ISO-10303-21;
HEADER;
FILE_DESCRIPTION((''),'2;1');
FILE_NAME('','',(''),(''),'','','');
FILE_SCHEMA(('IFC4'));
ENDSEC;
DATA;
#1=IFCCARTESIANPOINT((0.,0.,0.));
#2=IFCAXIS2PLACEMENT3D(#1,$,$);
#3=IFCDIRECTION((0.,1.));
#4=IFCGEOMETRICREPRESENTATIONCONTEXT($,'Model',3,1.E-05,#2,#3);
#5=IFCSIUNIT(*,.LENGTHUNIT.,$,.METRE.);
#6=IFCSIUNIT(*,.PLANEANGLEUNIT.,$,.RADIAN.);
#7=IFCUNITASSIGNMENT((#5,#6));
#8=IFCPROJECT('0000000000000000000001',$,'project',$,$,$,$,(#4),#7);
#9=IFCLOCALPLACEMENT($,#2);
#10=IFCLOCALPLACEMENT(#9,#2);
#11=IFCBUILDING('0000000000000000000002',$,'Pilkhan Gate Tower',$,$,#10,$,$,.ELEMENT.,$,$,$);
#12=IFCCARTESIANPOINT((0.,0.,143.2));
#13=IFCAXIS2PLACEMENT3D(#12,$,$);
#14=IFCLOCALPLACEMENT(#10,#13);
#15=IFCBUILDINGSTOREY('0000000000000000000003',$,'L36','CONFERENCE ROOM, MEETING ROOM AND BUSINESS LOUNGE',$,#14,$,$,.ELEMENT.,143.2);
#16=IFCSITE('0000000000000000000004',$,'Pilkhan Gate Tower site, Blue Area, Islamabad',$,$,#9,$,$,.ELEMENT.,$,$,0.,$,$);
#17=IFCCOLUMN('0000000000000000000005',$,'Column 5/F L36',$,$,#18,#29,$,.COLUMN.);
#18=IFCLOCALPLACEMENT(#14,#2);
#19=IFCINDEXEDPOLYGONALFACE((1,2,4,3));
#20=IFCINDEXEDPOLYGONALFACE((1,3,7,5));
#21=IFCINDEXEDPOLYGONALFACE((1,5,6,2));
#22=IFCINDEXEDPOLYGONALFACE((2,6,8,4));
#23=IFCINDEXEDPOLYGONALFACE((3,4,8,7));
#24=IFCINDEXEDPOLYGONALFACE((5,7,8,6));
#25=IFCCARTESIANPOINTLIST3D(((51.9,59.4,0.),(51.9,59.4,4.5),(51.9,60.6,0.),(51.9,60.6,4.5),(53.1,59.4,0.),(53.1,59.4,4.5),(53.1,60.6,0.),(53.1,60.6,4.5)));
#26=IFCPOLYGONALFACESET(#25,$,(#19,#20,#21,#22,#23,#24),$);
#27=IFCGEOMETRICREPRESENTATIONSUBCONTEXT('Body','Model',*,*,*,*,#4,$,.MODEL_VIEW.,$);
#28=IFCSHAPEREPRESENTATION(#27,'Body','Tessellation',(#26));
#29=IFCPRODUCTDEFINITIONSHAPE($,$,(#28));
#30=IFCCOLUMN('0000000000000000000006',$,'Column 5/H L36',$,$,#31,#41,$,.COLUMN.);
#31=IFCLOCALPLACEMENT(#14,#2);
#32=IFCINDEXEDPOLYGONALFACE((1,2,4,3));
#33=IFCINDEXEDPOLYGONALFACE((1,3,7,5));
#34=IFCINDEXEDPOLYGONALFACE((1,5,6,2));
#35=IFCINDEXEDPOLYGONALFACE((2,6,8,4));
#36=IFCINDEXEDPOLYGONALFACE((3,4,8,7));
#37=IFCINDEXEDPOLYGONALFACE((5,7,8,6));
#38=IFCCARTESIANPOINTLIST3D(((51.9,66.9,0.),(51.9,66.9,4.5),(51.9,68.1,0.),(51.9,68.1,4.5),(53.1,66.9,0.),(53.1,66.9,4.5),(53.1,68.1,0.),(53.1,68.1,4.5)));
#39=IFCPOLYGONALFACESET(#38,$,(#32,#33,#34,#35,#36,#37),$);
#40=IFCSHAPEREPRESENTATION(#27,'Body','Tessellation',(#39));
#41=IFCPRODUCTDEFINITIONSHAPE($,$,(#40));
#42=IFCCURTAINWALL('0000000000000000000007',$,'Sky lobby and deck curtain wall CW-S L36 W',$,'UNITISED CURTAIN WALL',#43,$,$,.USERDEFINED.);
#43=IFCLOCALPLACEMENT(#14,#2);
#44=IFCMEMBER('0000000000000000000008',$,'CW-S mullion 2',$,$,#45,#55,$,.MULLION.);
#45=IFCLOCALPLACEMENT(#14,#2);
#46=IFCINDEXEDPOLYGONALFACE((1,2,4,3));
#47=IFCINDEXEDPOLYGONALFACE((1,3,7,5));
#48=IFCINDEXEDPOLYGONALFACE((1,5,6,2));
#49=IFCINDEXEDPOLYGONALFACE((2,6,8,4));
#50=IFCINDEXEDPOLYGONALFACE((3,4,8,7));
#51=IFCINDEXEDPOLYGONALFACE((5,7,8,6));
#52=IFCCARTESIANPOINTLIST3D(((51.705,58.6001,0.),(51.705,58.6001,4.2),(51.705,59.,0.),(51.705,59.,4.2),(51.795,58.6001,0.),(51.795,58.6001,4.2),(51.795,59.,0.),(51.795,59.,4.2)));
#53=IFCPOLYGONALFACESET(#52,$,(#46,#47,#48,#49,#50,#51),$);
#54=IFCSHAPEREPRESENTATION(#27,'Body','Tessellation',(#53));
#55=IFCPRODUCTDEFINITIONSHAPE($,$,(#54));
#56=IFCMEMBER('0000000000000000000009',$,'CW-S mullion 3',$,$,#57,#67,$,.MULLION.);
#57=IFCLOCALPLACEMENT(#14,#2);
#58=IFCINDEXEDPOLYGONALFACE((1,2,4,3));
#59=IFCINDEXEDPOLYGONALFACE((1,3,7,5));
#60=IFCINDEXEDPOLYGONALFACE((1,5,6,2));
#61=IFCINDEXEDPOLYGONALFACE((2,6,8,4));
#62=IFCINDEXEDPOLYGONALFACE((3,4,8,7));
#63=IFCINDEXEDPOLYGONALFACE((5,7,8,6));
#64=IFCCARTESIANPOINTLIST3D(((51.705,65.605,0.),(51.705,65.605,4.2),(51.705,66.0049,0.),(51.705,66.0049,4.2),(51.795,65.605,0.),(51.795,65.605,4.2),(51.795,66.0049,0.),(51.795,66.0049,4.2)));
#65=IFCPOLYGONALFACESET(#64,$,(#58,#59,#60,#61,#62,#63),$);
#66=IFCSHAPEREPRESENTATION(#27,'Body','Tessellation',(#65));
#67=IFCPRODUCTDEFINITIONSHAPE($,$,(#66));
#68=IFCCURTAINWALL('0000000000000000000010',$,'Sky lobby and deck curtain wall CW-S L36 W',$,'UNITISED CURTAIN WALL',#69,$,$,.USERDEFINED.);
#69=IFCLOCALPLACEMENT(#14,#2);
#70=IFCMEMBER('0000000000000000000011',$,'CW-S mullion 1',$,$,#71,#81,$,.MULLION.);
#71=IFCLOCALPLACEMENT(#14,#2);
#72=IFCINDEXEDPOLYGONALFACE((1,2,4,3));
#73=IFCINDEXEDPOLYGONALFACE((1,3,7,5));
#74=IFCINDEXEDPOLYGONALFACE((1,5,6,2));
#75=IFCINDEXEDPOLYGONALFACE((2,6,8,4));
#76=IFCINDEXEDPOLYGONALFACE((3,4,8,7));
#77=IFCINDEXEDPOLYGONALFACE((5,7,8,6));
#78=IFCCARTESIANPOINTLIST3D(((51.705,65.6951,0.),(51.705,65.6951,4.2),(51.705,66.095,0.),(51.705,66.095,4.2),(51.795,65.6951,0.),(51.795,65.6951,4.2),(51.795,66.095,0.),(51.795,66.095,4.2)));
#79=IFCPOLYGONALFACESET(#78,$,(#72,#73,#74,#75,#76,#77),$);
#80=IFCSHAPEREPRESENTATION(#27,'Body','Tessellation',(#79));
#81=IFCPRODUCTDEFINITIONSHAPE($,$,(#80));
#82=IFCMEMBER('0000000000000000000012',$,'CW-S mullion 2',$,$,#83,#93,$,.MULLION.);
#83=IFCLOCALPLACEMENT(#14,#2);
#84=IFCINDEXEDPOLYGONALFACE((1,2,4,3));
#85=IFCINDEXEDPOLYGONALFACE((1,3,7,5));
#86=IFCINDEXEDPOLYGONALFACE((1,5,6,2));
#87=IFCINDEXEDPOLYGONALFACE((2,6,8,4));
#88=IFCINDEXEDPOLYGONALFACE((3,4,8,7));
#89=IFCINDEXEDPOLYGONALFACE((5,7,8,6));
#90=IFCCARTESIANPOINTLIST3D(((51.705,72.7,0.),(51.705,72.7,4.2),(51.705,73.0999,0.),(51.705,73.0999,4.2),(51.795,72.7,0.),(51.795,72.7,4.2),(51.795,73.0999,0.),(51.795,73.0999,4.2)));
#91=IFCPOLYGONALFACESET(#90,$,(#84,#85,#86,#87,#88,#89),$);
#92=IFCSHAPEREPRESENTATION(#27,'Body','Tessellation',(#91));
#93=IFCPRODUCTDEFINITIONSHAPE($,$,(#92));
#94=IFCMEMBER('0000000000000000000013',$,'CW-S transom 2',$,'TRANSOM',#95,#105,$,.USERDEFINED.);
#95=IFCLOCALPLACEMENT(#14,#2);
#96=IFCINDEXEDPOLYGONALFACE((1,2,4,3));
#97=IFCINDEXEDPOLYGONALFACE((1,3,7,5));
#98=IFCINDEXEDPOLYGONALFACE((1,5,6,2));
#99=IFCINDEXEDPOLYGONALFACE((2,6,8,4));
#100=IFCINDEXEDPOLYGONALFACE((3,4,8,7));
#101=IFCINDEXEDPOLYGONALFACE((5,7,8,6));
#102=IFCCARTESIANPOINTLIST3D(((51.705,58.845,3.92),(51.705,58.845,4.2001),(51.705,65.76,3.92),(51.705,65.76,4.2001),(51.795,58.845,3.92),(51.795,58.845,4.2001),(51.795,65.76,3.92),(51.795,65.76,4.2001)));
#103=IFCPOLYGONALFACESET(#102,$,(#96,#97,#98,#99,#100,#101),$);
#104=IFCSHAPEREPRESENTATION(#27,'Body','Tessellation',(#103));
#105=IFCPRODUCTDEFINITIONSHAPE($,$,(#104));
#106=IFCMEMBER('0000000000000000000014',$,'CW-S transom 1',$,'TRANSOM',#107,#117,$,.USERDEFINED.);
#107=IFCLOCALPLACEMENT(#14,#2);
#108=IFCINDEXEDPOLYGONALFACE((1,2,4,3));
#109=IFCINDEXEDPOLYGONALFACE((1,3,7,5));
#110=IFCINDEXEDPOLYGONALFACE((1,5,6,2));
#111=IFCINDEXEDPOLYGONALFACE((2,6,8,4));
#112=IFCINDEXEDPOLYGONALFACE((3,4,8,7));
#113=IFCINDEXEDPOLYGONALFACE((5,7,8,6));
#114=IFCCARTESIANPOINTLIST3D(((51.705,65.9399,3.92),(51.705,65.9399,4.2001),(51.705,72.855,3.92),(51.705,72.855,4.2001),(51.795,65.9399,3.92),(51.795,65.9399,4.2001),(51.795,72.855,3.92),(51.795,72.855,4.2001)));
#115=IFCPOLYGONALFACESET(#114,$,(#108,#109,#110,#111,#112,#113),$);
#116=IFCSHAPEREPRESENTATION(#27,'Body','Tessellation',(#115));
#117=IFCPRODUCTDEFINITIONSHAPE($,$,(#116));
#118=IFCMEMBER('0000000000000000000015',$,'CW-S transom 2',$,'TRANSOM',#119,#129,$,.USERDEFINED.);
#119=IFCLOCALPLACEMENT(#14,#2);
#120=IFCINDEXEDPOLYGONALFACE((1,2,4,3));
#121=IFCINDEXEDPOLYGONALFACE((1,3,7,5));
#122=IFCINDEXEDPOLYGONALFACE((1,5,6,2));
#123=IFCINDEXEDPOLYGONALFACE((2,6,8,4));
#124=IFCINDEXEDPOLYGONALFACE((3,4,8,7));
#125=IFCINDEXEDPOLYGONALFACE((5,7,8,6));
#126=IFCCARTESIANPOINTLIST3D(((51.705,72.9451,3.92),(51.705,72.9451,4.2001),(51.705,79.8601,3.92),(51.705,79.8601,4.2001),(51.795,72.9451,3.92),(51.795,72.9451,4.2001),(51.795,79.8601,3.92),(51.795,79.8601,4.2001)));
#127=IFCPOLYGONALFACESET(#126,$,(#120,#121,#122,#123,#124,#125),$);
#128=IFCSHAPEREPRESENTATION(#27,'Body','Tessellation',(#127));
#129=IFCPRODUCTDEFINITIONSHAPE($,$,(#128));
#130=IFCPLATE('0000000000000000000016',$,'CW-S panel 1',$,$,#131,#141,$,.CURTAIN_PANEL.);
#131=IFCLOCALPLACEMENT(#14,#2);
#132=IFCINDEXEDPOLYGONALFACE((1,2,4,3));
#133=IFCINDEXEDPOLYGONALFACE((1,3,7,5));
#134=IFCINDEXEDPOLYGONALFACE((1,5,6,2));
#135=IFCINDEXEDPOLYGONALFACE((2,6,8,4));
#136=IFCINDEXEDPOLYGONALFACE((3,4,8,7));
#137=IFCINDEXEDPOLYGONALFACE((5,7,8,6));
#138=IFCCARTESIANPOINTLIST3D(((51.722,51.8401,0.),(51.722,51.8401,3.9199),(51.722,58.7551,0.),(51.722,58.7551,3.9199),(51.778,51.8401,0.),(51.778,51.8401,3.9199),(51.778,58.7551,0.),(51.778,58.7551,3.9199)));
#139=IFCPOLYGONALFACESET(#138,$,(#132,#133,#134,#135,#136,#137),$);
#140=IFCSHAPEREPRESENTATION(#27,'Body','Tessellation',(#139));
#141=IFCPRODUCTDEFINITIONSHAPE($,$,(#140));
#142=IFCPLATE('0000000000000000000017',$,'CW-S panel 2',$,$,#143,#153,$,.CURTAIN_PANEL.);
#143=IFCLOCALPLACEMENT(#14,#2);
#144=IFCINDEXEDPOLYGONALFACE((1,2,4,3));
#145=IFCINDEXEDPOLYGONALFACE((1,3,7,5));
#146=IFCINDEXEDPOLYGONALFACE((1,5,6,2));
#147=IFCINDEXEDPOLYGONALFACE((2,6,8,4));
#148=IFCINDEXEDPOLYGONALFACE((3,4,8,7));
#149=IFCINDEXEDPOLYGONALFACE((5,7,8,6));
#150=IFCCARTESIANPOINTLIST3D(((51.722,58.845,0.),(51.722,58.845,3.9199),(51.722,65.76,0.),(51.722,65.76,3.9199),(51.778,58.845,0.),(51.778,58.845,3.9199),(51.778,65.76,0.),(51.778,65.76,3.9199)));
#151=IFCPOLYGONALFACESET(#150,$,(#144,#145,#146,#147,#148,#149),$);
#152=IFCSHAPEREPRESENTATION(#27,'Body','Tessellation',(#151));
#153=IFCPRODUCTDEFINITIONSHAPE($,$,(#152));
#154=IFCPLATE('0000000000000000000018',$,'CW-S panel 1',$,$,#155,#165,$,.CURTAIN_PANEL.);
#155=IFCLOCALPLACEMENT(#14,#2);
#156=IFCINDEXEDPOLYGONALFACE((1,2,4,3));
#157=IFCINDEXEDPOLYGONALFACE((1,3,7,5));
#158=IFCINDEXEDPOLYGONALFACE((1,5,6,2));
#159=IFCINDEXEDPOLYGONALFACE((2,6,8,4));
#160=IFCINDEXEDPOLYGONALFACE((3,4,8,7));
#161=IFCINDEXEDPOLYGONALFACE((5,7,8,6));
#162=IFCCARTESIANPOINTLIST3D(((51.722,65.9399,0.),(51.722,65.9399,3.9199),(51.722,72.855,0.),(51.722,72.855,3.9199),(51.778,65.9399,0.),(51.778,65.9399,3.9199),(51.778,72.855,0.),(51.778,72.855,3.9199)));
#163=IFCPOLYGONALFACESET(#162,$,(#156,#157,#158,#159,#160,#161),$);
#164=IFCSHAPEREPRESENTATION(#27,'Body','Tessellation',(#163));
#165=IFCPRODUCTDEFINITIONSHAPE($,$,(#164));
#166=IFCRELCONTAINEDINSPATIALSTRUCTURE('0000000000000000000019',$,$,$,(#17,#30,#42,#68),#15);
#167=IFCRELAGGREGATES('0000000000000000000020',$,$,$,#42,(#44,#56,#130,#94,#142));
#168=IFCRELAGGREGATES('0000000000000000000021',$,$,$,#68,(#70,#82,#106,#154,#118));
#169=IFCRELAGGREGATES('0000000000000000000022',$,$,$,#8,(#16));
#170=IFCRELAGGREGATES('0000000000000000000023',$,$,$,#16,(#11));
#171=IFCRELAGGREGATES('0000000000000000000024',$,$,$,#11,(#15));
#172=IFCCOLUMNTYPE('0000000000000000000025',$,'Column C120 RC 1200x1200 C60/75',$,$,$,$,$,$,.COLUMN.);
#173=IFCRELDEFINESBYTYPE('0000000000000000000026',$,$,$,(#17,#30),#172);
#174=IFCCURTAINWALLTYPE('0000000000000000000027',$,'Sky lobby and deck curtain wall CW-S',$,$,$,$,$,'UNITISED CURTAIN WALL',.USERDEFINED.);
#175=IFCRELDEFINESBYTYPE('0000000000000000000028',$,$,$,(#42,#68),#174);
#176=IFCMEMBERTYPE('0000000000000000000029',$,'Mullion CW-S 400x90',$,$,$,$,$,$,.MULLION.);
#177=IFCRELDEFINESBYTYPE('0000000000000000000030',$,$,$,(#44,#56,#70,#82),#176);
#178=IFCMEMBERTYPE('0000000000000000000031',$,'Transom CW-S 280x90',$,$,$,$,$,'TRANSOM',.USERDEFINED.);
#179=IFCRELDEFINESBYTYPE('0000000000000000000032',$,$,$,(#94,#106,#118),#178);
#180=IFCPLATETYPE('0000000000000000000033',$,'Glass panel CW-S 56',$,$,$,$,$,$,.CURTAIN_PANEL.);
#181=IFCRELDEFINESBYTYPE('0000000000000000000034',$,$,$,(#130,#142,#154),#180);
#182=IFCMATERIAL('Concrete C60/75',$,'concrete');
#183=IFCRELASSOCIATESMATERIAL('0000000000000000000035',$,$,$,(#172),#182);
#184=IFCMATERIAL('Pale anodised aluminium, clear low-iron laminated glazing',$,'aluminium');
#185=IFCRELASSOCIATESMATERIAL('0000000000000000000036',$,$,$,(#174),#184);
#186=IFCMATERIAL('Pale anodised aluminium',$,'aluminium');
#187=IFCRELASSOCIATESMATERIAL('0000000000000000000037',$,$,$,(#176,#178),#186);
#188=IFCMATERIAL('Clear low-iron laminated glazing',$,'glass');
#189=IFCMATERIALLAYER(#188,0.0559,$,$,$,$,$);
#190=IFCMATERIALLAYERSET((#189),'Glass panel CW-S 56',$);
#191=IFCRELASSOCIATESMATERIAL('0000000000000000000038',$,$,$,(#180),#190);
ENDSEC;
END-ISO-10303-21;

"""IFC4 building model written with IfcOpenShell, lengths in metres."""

from ifc_helpers import new_model, si_unit, direction, frame, origin, origin_2d, place, context, subcontext, project, spatial, rectangle, extrude, material, layer, layer_set, material_profile, profile_set, type_object, element, aggregate, save


model = new_model("IFC4")

# Units and contexts
model_context = context("Model", 3, precision=1e-05, world=origin(), true_north=direction((0.0, 1.0)))
body_context = subcontext(model_context, "Body", "Model", "MODEL_VIEW")
ifc_project = project(units=[si_unit("LENGTHUNIT", "METRE"), si_unit("PLANEANGLEUNIT", "RADIAN")], contexts=[model_context])

# Site, building, storey
site_placement = place(None, origin())
site = spatial("IfcSite", under=ifc_project, at=site_placement, Name="Pilkhan Gate Tower site, Blue Area, Islamabad", CompositionType="ELEMENT", RefElevation=0.0)
building_placement = place(site_placement, origin())
building = spatial("IfcBuilding", under=site, at=building_placement, Name="Pilkhan Gate Tower", CompositionType="ELEMENT")
storey_placement = place(building_placement, frame((0.0, 0.0, 143.2)))
storey = spatial("IfcBuildingStorey", under=building, at=storey_placement, Name="L36", Description="CONFERENCE ROOM, MEETING ROOM AND BUSINESS LOUNGE", CompositionType="ELEMENT", Elevation=143.2)

# Columns
ifc_material_1 = material(Name="Concrete C60/75", Category="concrete")
ifc_material_profile_1 = material_profile(ifc_material_1, rectangle(XDim=1.2, YDim=1.2, at=origin_2d()), Name="RC 1200x1200")
ifc_profile_set_1 = profile_set([ifc_material_profile_1], Name="Concrete C60/75")
column_type = type_object("IfcColumnType", Name="Column C120 RC 1200x1200 C60/75", PredefinedType="COLUMN", material=ifc_profile_set_1)
for number, where, z_axis, x_axis, name in (
    (1, (52.5, 60.0, 0.0), (0.0, 0.0, 1.0), (1.0, 0.0, 0.0), "Column 5/F L36"),
    (2, (52.5, 67.5, 0.0), (0.0, 0.0, 1.0), (1.0, 0.0, 0.0), "Column 5/H L36"),
):
    element("IfcColumn", number, at=place(storey_placement, frame(where, z_axis=z_axis, x_axis=x_axis)), inside=storey, type_object=column_type, Name=name, PredefinedType="COLUMN", context=body_context, shape_type="SweptSolid", body=[
        extrude(rectangle(XDim=1.2, YDim=1.2, at=origin_2d()), origin(), (0.0, 0.0, 1.0), 4.5),
    ])

# Curtain walls, members
ifc_material_2 = material(Name="Pale anodised aluminium, clear low-iron laminated glazing", Category="aluminium")
curtain_wall_type = type_object("IfcCurtainWallType", Name="Sky lobby and deck curtain wall CW-S", ElementType="UNITISED CURTAIN WALL", PredefinedType="USERDEFINED", material=ifc_material_2)
curtain_wall_1_placement = place(storey_placement, origin())
curtain_wall_1 = element("IfcCurtainWall", 3, at=curtain_wall_1_placement, inside=storey, type_object=curtain_wall_type, Name="Sky lobby and deck curtain wall CW-S L36 W", ObjectType="UNITISED CURTAIN WALL", PredefinedType="USERDEFINED")
ifc_material_3 = material(Name="Pale anodised aluminium", Category="aluminium")
ifc_material_profile_2 = material_profile(ifc_material_3, rectangle(XDim=0.0901, YDim=0.3999, at=origin_2d()), Name="Mullion 400x90")
ifc_profile_set_2 = profile_set([ifc_material_profile_2], Name="Pale anodised aluminium")
member_type_1 = type_object("IfcMemberType", Name="Mullion CW-S 400x90", PredefinedType="MULLION", material=ifc_profile_set_2)
member_1_placement = place(storey_placement, frame((51.75, 58.8, 0.0), z_axis=(0.0, 0.0, 1.0), x_axis=(-1.0, 0.0, 0.0)))
member_1 = element("IfcMember", 4, at=member_1_placement, type_object=member_type_1, Name="CW-S mullion 2", PredefinedType="MULLION", context=body_context, shape_type="SweptSolid", body=[
    extrude(rectangle(XDim=0.0901, YDim=0.3999, at=origin_2d()), origin(), (0.0, 0.0, 1.0), 4.2),
])
member_2_placement = place(storey_placement, frame((51.75, 65.8049, 0.0), z_axis=(0.0, 0.0, 1.0), x_axis=(-1.0, 0.0, 0.0)))
member_2 = element("IfcMember", 5, at=member_2_placement, type_object=member_type_1, Name="CW-S mullion 3", PredefinedType="MULLION", context=body_context, shape_type="SweptSolid", body=[
    extrude(rectangle(XDim=0.0901, YDim=0.3999, at=origin_2d()), origin(), (0.0, 0.0, 1.0), 4.2),
])
curtain_wall_2_placement = place(storey_placement, origin())
curtain_wall_2 = element("IfcCurtainWall", 6, at=curtain_wall_2_placement, inside=storey, type_object=curtain_wall_type, Name="Sky lobby and deck curtain wall CW-S L36 W", ObjectType="UNITISED CURTAIN WALL", PredefinedType="USERDEFINED")
member_3_placement = place(storey_placement, frame((51.75, 65.895, 0.0), z_axis=(0.0, 0.0, 1.0), x_axis=(-1.0, 0.0, 0.0)))
member_3 = element("IfcMember", 7, at=member_3_placement, type_object=member_type_1, Name="CW-S mullion 1", PredefinedType="MULLION", context=body_context, shape_type="SweptSolid", body=[
    extrude(rectangle(XDim=0.0901, YDim=0.3999, at=origin_2d()), origin(), (0.0, 0.0, 1.0), 4.2),
])
member_4_placement = place(storey_placement, frame((51.75, 72.8999, 0.0), z_axis=(0.0, 0.0, 1.0), x_axis=(-1.0, 0.0, 0.0)))
member_4 = element("IfcMember", 8, at=member_4_placement, type_object=member_type_1, Name="CW-S mullion 2", PredefinedType="MULLION", context=body_context, shape_type="SweptSolid", body=[
    extrude(rectangle(XDim=0.0901, YDim=0.3999, at=origin_2d()), origin(), (0.0, 0.0, 1.0), 4.2),
])

# Members
ifc_material_profile_3 = material_profile(ifc_material_3, rectangle(XDim=0.0901, YDim=0.28, at=origin_2d()), Name="Transom 280x90")
ifc_profile_set_3 = profile_set([ifc_material_profile_3], Name="Pale anodised aluminium")
member_type_2 = type_object("IfcMemberType", Name="Transom CW-S 280x90", ElementType="TRANSOM", PredefinedType="USERDEFINED", material=ifc_profile_set_3)
member_5_placement = place(storey_placement, frame((51.75, 58.845, 4.0601), z_axis=(0.0, 1.0, 0.0), x_axis=(-1.0, 0.0, 0.0)))
member_5 = element("IfcMember", 9, at=member_5_placement, type_object=member_type_2, Name="CW-S transom 2", ObjectType="TRANSOM", PredefinedType="USERDEFINED", context=body_context, shape_type="SweptSolid", body=[
    extrude(rectangle(XDim=0.0901, YDim=0.28, at=origin_2d()), origin(), (0.0, 0.0, 1.0), 6.915),
])
member_6_placement = place(storey_placement, frame((51.75, 65.9399, 4.0601), z_axis=(0.0, 1.0, 0.0), x_axis=(-1.0, 0.0, 0.0)))
member_6 = element("IfcMember", 10, at=member_6_placement, type_object=member_type_2, Name="CW-S transom 1", ObjectType="TRANSOM", PredefinedType="USERDEFINED", context=body_context, shape_type="SweptSolid", body=[
    extrude(rectangle(XDim=0.0901, YDim=0.28, at=origin_2d()), origin(), (0.0, 0.0, 1.0), 6.915),
])
member_7_placement = place(storey_placement, frame((51.75, 72.9451, 4.0601), z_axis=(0.0, 1.0, 0.0), x_axis=(-1.0, 0.0, 0.0)))
member_7 = element("IfcMember", 11, at=member_7_placement, type_object=member_type_2, Name="CW-S transom 2", ObjectType="TRANSOM", PredefinedType="USERDEFINED", context=body_context, shape_type="SweptSolid", body=[
    extrude(rectangle(XDim=0.0901, YDim=0.28, at=origin_2d()), origin(), (0.0, 0.0, 1.0), 6.915),
])

# Plates
ifc_material_4 = material(Name="Clear low-iron laminated glazing", Category="glass")
ifc_layer_1 = layer(ifc_material_4, 0.0559)
ifc_layer_set_1 = layer_set([ifc_layer_1], Name="Glass panel CW-S 56")
plate_type = type_object("IfcPlateType", Name="Glass panel CW-S 56", PredefinedType="CURTAIN_PANEL", material=ifc_layer_set_1)
plate_1_placement = place(storey_placement, frame((51.75, 55.2976, 0.0), z_axis=(0.0, 0.0, 1.0), x_axis=(0.0, 1.0, 0.0)))
plate_1 = element("IfcPlate", 12, at=plate_1_placement, type_object=plate_type, Name="CW-S panel 1", PredefinedType="CURTAIN_PANEL", context=body_context, shape_type="SweptSolid", body=[
    extrude(rectangle(XDim=6.915, YDim=0.0559, at=origin_2d()), origin(), (0.0, 0.0, 1.0), 3.9199),
])
plate_2_placement = place(storey_placement, frame((51.75, 62.3025, 0.0), z_axis=(0.0, 0.0, 1.0), x_axis=(0.0, 1.0, 0.0)))
plate_2 = element("IfcPlate", 13, at=plate_2_placement, type_object=plate_type, Name="CW-S panel 2", PredefinedType="CURTAIN_PANEL", context=body_context, shape_type="SweptSolid", body=[
    extrude(rectangle(XDim=6.915, YDim=0.0559, at=origin_2d()), origin(), (0.0, 0.0, 1.0), 3.9199),
])
aggregate(curtain_wall_1, [member_1, member_2, plate_1, member_5, plate_2])
plate_3_placement = place(storey_placement, frame((51.75, 69.3975, 0.0), z_axis=(0.0, 0.0, 1.0), x_axis=(0.0, 1.0, 0.0)))
plate_3 = element("IfcPlate", 14, at=plate_3_placement, type_object=plate_type, Name="CW-S panel 1", PredefinedType="CURTAIN_PANEL", context=body_context, shape_type="SweptSolid", body=[
    extrude(rectangle(XDim=6.915, YDim=0.0559, at=origin_2d()), origin(), (0.0, 0.0, 1.0), 3.9199),
])
aggregate(curtain_wall_2, [member_3, member_4, member_6, plate_3, member_7])

save(model, "model.ifc")
